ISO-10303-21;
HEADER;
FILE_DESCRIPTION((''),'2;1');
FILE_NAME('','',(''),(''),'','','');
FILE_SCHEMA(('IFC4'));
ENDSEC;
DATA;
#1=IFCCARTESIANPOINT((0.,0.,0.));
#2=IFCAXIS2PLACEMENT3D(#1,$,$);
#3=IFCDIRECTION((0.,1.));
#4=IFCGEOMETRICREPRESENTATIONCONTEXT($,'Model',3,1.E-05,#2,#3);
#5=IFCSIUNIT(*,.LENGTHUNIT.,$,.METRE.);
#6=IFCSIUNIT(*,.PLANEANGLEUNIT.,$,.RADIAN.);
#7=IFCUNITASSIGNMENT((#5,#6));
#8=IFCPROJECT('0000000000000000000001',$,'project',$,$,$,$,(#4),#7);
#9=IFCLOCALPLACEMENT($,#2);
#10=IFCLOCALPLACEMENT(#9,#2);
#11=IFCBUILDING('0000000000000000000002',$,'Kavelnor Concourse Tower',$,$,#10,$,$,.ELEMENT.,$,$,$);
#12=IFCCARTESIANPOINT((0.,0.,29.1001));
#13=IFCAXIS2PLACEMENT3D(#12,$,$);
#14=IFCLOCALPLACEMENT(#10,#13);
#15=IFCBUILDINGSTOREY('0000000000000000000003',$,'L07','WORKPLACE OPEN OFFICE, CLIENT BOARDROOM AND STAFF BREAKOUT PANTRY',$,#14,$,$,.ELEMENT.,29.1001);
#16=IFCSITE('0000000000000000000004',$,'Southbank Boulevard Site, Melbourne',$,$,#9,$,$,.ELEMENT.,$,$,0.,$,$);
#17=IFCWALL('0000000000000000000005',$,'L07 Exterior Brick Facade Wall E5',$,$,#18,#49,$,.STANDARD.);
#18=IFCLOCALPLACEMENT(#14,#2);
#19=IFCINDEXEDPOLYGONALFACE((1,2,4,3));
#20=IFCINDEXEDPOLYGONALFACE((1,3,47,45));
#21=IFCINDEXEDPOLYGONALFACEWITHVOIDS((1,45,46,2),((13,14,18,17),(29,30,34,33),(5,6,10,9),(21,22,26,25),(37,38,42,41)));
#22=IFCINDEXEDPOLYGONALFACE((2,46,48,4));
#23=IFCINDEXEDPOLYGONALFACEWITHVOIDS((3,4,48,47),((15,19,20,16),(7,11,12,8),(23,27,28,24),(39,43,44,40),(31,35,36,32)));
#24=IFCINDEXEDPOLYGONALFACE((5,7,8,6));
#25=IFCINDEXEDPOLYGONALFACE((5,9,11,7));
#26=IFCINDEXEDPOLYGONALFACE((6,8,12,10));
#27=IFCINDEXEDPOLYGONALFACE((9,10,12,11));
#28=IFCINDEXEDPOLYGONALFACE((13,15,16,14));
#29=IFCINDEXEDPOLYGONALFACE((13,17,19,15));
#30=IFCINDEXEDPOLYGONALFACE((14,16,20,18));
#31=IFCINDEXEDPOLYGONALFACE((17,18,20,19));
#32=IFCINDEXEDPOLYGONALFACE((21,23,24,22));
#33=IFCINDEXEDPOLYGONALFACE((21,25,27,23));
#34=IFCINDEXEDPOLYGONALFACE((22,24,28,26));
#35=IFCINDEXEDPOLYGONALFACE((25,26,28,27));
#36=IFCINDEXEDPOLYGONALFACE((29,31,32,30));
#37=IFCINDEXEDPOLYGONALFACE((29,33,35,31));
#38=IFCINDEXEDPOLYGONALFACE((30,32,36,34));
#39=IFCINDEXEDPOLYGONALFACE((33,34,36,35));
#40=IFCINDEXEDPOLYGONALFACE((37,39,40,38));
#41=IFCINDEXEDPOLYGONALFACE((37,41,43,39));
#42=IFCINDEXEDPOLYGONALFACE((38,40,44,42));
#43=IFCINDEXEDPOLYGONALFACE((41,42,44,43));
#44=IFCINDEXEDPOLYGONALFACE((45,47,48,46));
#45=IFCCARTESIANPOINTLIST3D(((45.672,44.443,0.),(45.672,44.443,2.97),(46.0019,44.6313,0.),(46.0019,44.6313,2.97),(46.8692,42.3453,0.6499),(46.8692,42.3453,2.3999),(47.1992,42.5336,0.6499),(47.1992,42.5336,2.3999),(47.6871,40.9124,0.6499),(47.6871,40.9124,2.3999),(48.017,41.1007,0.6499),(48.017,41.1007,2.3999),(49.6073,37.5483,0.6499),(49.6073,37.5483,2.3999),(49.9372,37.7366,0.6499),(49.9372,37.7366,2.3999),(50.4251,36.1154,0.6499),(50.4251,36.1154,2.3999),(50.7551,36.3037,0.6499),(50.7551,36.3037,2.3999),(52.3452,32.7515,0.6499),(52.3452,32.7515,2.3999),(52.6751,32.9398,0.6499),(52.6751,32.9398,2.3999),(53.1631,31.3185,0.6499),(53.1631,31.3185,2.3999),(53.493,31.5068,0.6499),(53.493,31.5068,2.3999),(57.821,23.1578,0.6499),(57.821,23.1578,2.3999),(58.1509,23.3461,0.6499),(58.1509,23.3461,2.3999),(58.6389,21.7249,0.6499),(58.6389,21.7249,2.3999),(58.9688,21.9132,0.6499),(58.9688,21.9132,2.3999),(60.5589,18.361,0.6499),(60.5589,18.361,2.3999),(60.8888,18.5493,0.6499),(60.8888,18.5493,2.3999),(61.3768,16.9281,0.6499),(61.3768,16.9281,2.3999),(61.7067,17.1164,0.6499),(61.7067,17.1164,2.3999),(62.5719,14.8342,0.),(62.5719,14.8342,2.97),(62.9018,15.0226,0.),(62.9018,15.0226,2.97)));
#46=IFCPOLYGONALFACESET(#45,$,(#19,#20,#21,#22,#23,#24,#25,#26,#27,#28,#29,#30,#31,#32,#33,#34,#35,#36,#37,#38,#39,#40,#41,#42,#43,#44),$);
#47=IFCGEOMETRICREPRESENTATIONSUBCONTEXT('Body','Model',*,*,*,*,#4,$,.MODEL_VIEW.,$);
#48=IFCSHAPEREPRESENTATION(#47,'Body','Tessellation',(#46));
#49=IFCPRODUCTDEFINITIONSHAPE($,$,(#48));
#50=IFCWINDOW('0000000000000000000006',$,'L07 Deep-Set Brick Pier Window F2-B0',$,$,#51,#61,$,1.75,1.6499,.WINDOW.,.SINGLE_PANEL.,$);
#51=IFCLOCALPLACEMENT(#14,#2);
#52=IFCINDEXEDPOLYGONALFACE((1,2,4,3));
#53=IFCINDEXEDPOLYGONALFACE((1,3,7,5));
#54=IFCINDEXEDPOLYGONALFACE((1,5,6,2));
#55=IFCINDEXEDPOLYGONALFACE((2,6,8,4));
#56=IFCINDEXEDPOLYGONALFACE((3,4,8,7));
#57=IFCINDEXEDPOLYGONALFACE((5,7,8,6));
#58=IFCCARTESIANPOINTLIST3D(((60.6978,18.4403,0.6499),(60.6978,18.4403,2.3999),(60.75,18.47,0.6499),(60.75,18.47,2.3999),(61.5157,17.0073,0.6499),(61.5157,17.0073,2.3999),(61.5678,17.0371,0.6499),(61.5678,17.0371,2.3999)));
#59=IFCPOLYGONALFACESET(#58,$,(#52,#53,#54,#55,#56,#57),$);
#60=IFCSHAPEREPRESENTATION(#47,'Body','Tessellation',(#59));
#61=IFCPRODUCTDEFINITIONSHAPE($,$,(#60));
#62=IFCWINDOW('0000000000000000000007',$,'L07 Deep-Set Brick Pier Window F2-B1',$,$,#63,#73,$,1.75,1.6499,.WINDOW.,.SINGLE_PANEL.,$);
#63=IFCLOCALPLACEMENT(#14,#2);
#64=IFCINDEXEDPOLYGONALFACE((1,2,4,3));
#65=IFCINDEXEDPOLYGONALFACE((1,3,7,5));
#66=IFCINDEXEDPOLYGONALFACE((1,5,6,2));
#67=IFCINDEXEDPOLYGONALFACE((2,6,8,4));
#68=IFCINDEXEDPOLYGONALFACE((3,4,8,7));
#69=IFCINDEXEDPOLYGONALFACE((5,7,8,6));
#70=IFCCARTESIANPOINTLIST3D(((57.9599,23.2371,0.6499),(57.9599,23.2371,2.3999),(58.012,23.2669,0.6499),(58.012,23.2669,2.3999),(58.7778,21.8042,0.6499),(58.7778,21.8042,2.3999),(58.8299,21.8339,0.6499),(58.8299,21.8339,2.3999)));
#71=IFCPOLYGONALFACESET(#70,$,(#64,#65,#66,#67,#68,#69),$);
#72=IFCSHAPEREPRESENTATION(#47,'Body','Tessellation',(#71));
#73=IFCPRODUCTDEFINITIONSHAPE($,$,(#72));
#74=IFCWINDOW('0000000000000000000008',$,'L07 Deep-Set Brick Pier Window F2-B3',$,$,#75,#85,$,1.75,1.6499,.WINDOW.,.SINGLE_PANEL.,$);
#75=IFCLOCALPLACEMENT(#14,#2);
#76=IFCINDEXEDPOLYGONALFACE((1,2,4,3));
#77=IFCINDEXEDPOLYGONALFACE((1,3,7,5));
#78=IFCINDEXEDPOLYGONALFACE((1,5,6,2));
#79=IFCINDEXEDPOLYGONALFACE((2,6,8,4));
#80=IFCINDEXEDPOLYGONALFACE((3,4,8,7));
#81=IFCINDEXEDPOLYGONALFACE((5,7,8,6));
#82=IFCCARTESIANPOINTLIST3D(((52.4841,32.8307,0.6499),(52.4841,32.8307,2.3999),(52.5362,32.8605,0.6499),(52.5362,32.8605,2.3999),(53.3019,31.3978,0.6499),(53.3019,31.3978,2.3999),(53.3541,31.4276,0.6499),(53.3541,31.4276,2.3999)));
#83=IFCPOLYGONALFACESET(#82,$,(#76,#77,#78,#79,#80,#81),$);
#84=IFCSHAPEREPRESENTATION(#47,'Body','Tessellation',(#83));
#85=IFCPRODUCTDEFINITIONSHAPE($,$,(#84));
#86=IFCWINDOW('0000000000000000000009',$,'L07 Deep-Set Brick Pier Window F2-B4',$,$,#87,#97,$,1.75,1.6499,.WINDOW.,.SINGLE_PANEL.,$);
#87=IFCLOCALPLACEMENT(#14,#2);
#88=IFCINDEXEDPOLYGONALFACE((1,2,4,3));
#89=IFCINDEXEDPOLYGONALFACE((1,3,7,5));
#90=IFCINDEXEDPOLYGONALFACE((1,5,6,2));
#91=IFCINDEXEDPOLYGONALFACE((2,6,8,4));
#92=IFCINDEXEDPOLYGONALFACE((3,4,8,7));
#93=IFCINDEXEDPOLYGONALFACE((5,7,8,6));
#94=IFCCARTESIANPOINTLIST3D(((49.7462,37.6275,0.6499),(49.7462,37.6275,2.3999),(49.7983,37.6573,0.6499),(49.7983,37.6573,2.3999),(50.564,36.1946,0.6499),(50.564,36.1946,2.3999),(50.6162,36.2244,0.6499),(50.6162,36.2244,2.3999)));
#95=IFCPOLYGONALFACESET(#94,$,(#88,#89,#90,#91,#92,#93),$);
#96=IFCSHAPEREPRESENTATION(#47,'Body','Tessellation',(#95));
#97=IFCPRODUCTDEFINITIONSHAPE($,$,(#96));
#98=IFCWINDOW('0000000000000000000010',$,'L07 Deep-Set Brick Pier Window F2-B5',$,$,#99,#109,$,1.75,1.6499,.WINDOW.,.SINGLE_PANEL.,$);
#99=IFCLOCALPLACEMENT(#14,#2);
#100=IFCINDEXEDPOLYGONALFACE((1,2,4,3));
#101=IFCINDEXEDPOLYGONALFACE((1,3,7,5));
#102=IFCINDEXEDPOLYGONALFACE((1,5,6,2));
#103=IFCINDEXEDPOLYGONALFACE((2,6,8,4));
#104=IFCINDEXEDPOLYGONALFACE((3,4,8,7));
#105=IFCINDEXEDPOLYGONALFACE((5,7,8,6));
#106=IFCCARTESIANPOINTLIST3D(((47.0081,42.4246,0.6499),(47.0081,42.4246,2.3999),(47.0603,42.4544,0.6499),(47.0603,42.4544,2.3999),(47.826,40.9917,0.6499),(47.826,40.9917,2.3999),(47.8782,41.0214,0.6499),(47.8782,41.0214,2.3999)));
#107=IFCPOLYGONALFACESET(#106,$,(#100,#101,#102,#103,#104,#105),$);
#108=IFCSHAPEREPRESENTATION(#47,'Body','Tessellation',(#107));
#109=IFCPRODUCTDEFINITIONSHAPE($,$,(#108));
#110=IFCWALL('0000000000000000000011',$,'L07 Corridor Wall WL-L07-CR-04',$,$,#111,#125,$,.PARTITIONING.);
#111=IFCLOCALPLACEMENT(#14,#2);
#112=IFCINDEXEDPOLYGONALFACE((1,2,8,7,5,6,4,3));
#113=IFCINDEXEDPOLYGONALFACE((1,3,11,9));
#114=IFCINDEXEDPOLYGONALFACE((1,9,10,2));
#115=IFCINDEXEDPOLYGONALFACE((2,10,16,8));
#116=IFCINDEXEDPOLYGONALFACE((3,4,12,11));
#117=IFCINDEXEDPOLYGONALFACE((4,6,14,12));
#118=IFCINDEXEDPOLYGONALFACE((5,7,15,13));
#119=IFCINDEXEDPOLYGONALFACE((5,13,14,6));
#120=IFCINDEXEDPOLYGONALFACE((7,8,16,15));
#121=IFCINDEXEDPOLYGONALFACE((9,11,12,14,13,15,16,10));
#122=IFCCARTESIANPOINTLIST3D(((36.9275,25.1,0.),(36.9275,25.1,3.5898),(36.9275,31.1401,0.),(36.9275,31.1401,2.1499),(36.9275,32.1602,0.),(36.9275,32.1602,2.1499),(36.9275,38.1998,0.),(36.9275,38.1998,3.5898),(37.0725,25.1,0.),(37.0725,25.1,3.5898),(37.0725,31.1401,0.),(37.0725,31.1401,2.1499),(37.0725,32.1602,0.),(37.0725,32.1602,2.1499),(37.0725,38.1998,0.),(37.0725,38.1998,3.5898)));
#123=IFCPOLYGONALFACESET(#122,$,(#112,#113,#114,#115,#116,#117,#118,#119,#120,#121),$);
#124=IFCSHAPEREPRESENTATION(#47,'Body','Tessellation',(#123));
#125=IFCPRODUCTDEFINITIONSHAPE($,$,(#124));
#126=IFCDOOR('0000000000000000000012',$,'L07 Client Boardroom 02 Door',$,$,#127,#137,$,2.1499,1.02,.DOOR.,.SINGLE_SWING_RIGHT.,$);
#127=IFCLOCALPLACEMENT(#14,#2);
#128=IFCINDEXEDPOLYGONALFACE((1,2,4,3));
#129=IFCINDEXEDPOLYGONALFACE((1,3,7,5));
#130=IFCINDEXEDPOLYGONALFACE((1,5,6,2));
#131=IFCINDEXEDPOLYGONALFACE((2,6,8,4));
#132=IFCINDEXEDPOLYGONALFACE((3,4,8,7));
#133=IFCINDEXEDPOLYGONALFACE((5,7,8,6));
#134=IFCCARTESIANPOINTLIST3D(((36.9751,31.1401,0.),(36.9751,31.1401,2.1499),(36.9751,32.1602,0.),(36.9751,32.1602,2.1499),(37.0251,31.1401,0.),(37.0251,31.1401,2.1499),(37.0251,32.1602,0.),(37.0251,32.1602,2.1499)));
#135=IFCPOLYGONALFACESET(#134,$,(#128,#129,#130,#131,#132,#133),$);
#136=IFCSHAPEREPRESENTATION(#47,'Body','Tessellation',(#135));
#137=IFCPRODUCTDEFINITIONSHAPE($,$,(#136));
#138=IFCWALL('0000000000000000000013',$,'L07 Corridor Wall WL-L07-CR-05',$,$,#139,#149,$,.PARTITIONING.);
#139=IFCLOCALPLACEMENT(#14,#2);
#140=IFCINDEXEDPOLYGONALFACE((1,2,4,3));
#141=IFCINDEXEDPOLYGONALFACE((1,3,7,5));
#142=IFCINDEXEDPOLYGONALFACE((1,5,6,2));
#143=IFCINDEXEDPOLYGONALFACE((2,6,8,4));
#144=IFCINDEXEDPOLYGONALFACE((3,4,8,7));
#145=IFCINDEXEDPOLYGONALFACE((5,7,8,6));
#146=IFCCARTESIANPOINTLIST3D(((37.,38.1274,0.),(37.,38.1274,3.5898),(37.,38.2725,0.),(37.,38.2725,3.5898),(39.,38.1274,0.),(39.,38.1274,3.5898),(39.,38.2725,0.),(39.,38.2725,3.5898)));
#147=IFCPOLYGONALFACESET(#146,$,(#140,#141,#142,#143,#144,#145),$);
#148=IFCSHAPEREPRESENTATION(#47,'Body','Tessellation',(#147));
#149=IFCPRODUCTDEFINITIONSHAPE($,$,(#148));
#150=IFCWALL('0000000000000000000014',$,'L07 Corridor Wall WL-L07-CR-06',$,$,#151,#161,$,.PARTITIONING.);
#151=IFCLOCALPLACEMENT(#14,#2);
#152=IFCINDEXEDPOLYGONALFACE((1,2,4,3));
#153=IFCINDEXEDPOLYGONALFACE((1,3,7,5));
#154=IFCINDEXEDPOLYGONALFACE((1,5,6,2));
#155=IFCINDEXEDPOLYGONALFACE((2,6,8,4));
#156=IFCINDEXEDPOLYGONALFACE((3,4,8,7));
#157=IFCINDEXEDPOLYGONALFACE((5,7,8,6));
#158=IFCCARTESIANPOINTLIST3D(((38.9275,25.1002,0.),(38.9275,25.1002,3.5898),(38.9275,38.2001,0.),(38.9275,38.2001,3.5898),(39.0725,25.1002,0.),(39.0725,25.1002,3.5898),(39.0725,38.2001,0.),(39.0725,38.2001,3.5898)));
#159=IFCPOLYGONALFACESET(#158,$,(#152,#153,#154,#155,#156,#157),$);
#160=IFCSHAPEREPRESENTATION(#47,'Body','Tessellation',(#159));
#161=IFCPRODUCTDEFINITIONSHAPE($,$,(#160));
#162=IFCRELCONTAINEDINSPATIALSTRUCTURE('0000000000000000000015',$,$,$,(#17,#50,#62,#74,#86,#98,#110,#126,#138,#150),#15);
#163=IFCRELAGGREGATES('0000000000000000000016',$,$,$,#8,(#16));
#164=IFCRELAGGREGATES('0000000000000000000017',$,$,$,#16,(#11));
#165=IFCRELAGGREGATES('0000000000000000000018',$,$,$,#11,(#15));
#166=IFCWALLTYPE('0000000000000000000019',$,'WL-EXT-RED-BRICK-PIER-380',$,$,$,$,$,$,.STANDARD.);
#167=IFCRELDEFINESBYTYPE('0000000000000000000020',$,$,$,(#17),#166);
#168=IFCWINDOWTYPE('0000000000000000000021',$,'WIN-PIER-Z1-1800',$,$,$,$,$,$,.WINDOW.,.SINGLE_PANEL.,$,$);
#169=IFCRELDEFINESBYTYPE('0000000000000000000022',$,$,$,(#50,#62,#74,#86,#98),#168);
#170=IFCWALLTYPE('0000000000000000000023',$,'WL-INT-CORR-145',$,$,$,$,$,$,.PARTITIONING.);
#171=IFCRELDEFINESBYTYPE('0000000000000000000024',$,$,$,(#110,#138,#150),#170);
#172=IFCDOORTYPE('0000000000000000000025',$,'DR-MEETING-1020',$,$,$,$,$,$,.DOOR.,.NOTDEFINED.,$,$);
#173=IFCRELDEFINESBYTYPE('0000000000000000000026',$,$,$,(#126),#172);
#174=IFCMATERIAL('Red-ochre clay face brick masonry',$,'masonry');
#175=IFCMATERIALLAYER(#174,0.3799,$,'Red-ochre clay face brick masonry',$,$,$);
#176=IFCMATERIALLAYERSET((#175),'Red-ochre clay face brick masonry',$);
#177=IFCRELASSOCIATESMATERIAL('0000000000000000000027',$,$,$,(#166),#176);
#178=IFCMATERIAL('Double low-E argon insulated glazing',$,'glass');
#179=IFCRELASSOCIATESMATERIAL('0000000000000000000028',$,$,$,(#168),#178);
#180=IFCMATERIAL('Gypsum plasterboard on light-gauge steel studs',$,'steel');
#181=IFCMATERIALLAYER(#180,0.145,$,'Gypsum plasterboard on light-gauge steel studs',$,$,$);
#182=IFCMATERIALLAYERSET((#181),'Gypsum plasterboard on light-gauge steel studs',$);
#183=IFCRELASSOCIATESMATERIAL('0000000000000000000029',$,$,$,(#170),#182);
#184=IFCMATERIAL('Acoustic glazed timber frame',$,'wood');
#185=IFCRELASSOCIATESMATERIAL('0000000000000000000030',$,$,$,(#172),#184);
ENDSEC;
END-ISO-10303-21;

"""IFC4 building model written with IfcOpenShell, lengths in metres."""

from ifc_helpers import new_model, si_unit, direction, frame, frame_2d, origin, place, context, subcontext, project, spatial, rectangle, extrude, material, layer, layer_set, type_object, element, fill, save


model = new_model("IFC4")

# Units and contexts
model_context = context("Model", 3, precision=1e-05, world=origin(), true_north=direction((0.0, 1.0)))
body_context = subcontext(model_context, "Body", "Model", "MODEL_VIEW")
ifc_project = project(units=[si_unit("LENGTHUNIT", "METRE"), si_unit("PLANEANGLEUNIT", "RADIAN")], contexts=[model_context])

# Site, building, storey
site_placement = place(None, origin())
site = spatial("IfcSite", under=ifc_project, at=site_placement, Name="Southbank Boulevard Site, Melbourne", CompositionType="ELEMENT", RefElevation=0.0)
building_placement = place(site_placement, origin())
building = spatial("IfcBuilding", under=site, at=building_placement, Name="Kavelnor Concourse Tower", CompositionType="ELEMENT")
storey_placement = place(building_placement, frame((0.0, 0.0, 29.1001)))
storey = spatial("IfcBuildingStorey", under=building, at=storey_placement, Name="L07", Description="WORKPLACE OPEN OFFICE, CLIENT BOARDROOM AND STAFF BREAKOUT PANTRY", CompositionType="ELEMENT", Elevation=29.1001)

# Wall, openings, windows
ifc_material_1 = material(Name="Red-ochre clay face brick masonry", Category="masonry")
ifc_layer_1 = layer(ifc_material_1, 0.3799, Name="Red-ochre clay face brick masonry")
ifc_layer_set_1 = layer_set([ifc_layer_1], Name="Red-ochre clay face brick masonry")
wall_type_1 = type_object("IfcWallType", Name="WL-EXT-RED-BRICK-PIER-380", PredefinedType="STANDARD", material=ifc_layer_set_1)
wall_1_placement = place(storey_placement, frame((45.8369, 44.5371, 0.0), z_axis=(0.0, 0.0, 1.0), x_axis=(0.495712, -0.868487, 0.0)))
wall_1 = element("IfcWall", 1, at=wall_1_placement, inside=storey, type_object=wall_type_1, Name="L07 Exterior Brick Facade Wall E5", PredefinedType="STANDARD", context=body_context, shape_type="SweptSolid", body=[
    extrude(rectangle(XDim=34.0923, YDim=0.3799, at=frame_2d((17.0461, 0.0))), origin(), (0.0, 0.0, 1.0), 2.97),
])
opening_1_placement = place(wall_1_placement, frame((30.0315, 0.0, 0.6499)))
opening_1 = element("IfcOpeningElement", 2, at=opening_1_placement, cuts=wall_1, PredefinedType="OPENING", context=body_context, shape_type="SweptSolid", body=[
    extrude(rectangle(XDim=1.6499, YDim=1.75, at=frame_2d((0.825, 0.875))), frame((0.0, 0.2, 0.0), z_axis=(0.0, -1.0, 0.0), x_axis=(1.0, 0.0, 0.0)), (0.0, 0.0, 1.0), 0.3999),
])
opening_2_placement = place(wall_1_placement, frame((24.5083, 0.0, 0.6499)))
opening_2 = element("IfcOpeningElement", 3, at=opening_2_placement, cuts=wall_1, PredefinedType="OPENING", context=body_context, shape_type="SweptSolid", body=[
    extrude(rectangle(XDim=1.6499, YDim=1.75, at=frame_2d((0.825, 0.875))), frame((0.0, 0.2, 0.0), z_axis=(0.0, -1.0, 0.0), x_axis=(1.0, 0.0, 0.0)), (0.0, 0.0, 1.0), 0.3999),
])
opening_3_placement = place(wall_1_placement, frame((13.4619, 0.0, 0.6499)))
opening_3 = element("IfcOpeningElement", 4, at=opening_3_placement, cuts=wall_1, PredefinedType="OPENING", context=body_context, shape_type="SweptSolid", body=[
    extrude(rectangle(XDim=1.6499, YDim=1.75, at=frame_2d((0.825, 0.875))), frame((0.0, 0.2, 0.0), z_axis=(0.0, -1.0, 0.0), x_axis=(1.0, 0.0, 0.0)), (0.0, 0.0, 1.0), 0.3999),
])
opening_4_placement = place(wall_1_placement, frame((7.9387, 0.0, 0.6499)))
opening_4 = element("IfcOpeningElement", 5, at=opening_4_placement, cuts=wall_1, PredefinedType="OPENING", context=body_context, shape_type="SweptSolid", body=[
    extrude(rectangle(XDim=1.6499, YDim=1.75, at=frame_2d((0.825, 0.875))), frame((0.0, 0.2, 0.0), z_axis=(0.0, -1.0, 0.0), x_axis=(1.0, 0.0, 0.0)), (0.0, 0.0, 1.0), 0.3999),
])
opening_5_placement = place(wall_1_placement, frame((2.4153, 0.0, 0.6499)))
opening_5 = element("IfcOpeningElement", 6, at=opening_5_placement, cuts=wall_1, PredefinedType="OPENING", context=body_context, shape_type="SweptSolid", body=[
    extrude(rectangle(XDim=1.6499, YDim=1.75, at=frame_2d((0.825, 0.875))), frame((0.0, 0.2, 0.0), z_axis=(0.0, -1.0, 0.0), x_axis=(1.0, 0.0, 0.0)), (0.0, 0.0, 1.0), 0.3999),
])
ifc_material_2 = material(Name="Double low-E argon insulated glazing", Category="glass")
window_type = type_object("IfcWindowType", Name="WIN-PIER-Z1-1800", PartitioningType="SINGLE_PANEL", PredefinedType="WINDOW", material=ifc_material_2)
window_1_placement = place(opening_1_placement, origin())
window_1 = element("IfcWindow", 7, at=window_1_placement, inside=storey, type_object=window_type, Name="L07 Deep-Set Brick Pier Window F2-B0", OverallHeight=1.75, OverallWidth=1.6499, PartitioningType="SINGLE_PANEL", PredefinedType="WINDOW", context=body_context, shape_type="SweptSolid", body=[
    extrude(rectangle(XDim=1.6499, YDim=1.75, at=frame_2d((0.825, 0.875))), frame((0.0, 0.03, 0.0), z_axis=(0.0, -1.0, 0.0), x_axis=(1.0, 0.0, 0.0)), (0.0, 0.0, 1.0), 0.0601),
])
fill(opening_1, window_1)
window_2_placement = place(opening_2_placement, origin())
window_2 = element("IfcWindow", 8, at=window_2_placement, inside=storey, type_object=window_type, Name="L07 Deep-Set Brick Pier Window F2-B1", OverallHeight=1.75, OverallWidth=1.6499, PartitioningType="SINGLE_PANEL", PredefinedType="WINDOW", context=body_context, shape_type="SweptSolid", body=[
    extrude(rectangle(XDim=1.6499, YDim=1.75, at=frame_2d((0.825, 0.875))), frame((0.0, 0.03, 0.0), z_axis=(0.0, -1.0, 0.0), x_axis=(1.0, 0.0, 0.0)), (0.0, 0.0, 1.0), 0.0601),
])
fill(opening_2, window_2)
window_3_placement = place(opening_3_placement, origin())
window_3 = element("IfcWindow", 9, at=window_3_placement, inside=storey, type_object=window_type, Name="L07 Deep-Set Brick Pier Window F2-B3", OverallHeight=1.75, OverallWidth=1.6499, PartitioningType="SINGLE_PANEL", PredefinedType="WINDOW", context=body_context, shape_type="SweptSolid", body=[
    extrude(rectangle(XDim=1.6499, YDim=1.75, at=frame_2d((0.825, 0.875))), frame((0.0, 0.03, 0.0), z_axis=(0.0, -1.0, 0.0), x_axis=(1.0, 0.0, 0.0)), (0.0, 0.0, 1.0), 0.0601),
])
fill(opening_3, window_3)
window_4_placement = place(opening_4_placement, origin())
window_4 = element("IfcWindow", 10, at=window_4_placement, inside=storey, type_object=window_type, Name="L07 Deep-Set Brick Pier Window F2-B4", OverallHeight=1.75, OverallWidth=1.6499, PartitioningType="SINGLE_PANEL", PredefinedType="WINDOW", context=body_context, shape_type="SweptSolid", body=[
    extrude(rectangle(XDim=1.6499, YDim=1.75, at=frame_2d((0.825, 0.875))), frame((0.0, 0.03, 0.0), z_axis=(0.0, -1.0, 0.0), x_axis=(1.0, 0.0, 0.0)), (0.0, 0.0, 1.0), 0.0601),
])
fill(opening_4, window_4)
window_5_placement = place(opening_5_placement, origin())
window_5 = element("IfcWindow", 11, at=window_5_placement, inside=storey, type_object=window_type, Name="L07 Deep-Set Brick Pier Window F2-B5", OverallHeight=1.75, OverallWidth=1.6499, PartitioningType="SINGLE_PANEL", PredefinedType="WINDOW", context=body_context, shape_type="SweptSolid", body=[
    extrude(rectangle(XDim=1.6499, YDim=1.75, at=frame_2d((0.825, 0.875))), frame((0.0, 0.03, 0.0), z_axis=(0.0, -1.0, 0.0), x_axis=(1.0, 0.0, 0.0)), (0.0, 0.0, 1.0), 0.0601),
])
fill(opening_5, window_5)

# Wall, opening, door
ifc_material_3 = material(Name="Gypsum plasterboard on light-gauge steel studs", Category="steel")
ifc_layer_2 = layer(ifc_material_3, 0.145, Name="Gypsum plasterboard on light-gauge steel studs")
ifc_layer_set_2 = layer_set([ifc_layer_2], Name="Gypsum plasterboard on light-gauge steel studs")
wall_type_2 = type_object("IfcWallType", Name="WL-INT-CORR-145", PredefinedType="PARTITIONING", material=ifc_layer_set_2)
wall_2_placement = place(storey_placement, frame((37.0, 25.1001, 0.0), z_axis=(0.0, 0.0, 1.0), x_axis=(0.0, 1.0, 0.0)))
wall_2 = element("IfcWall", 12, at=wall_2_placement, inside=storey, type_object=wall_type_2, Name="L07 Corridor Wall WL-L07-CR-04", PredefinedType="PARTITIONING", context=body_context, shape_type="SweptSolid", body=[
    extrude(rectangle(XDim=13.0999, YDim=0.145, at=frame_2d((6.5498, 0.0))), origin(), (0.0, 0.0, 1.0), 3.5898),
])
opening_6_placement = place(wall_2_placement, frame((6.04, 0.0, 0.0)))
opening_6 = element("IfcOpeningElement", 13, at=opening_6_placement, cuts=wall_2, PredefinedType="OPENING", context=body_context, shape_type="SweptSolid", body=[
    extrude(rectangle(XDim=1.02, YDim=2.1499, at=frame_2d((0.51, 1.075))), frame((0.0, 0.0825, 0.0), z_axis=(0.0, -1.0, 0.0), x_axis=(1.0, 0.0, 0.0)), (0.0, 0.0, 1.0), 0.165),
])
ifc_material_4 = material(Name="Acoustic glazed timber frame", Category="wood")
door_type_1 = type_object("IfcDoorType", Name="DR-MEETING-1020", OperationType="NOTDEFINED", PredefinedType="DOOR", material=ifc_material_4)
door_1_placement = place(opening_6_placement, origin())
door_1 = element("IfcDoor", 14, at=door_1_placement, inside=storey, type_object=door_type_1, Name="L07 Client Boardroom 02 Door", OperationType="SINGLE_SWING_RIGHT", OverallHeight=2.1499, OverallWidth=1.02, PredefinedType="DOOR", context=body_context, shape_type="SweptSolid", body=[
    extrude(rectangle(XDim=1.02, YDim=2.1499, at=frame_2d((0.51, 1.075))), frame((0.0, 0.0249, 0.0), z_axis=(0.0, -1.0, 0.0), x_axis=(1.0, 0.0, 0.0)), (0.0, 0.0, 1.0), 0.05),
])
fill(opening_6, door_1)

# Walls
wall_3_placement = place(storey_placement, frame((37.0, 38.2, 0.0), z_axis=(0.0, 0.0, 1.0), x_axis=(1.0, 0.0, 0.0)))
element("IfcWall", 15, at=wall_3_placement, inside=storey, type_object=wall_type_2, Name="L07 Corridor Wall WL-L07-CR-05", PredefinedType="PARTITIONING", context=body_context, shape_type="SweptSolid", body=[
    extrude(rectangle(XDim=2.0, YDim=0.145, at=frame_2d((1.0, 0.0))), origin(), (0.0, 0.0, 1.0), 3.5898),
])
wall_4_placement = place(storey_placement, frame((39.0, 38.2, 0.0), z_axis=(0.0, 0.0, 1.0), x_axis=(0.0, -1.0, 0.0)))
element("IfcWall", 16, at=wall_4_placement, inside=storey, type_object=wall_type_2, Name="L07 Corridor Wall WL-L07-CR-06", PredefinedType="PARTITIONING", context=body_context, shape_type="SweptSolid", body=[
    extrude(rectangle(XDim=13.0999, YDim=0.145, at=frame_2d((6.5498, 0.0))), origin(), (0.0, 0.0, 1.0), 3.5898),
])

save(model, "model.ifc")
